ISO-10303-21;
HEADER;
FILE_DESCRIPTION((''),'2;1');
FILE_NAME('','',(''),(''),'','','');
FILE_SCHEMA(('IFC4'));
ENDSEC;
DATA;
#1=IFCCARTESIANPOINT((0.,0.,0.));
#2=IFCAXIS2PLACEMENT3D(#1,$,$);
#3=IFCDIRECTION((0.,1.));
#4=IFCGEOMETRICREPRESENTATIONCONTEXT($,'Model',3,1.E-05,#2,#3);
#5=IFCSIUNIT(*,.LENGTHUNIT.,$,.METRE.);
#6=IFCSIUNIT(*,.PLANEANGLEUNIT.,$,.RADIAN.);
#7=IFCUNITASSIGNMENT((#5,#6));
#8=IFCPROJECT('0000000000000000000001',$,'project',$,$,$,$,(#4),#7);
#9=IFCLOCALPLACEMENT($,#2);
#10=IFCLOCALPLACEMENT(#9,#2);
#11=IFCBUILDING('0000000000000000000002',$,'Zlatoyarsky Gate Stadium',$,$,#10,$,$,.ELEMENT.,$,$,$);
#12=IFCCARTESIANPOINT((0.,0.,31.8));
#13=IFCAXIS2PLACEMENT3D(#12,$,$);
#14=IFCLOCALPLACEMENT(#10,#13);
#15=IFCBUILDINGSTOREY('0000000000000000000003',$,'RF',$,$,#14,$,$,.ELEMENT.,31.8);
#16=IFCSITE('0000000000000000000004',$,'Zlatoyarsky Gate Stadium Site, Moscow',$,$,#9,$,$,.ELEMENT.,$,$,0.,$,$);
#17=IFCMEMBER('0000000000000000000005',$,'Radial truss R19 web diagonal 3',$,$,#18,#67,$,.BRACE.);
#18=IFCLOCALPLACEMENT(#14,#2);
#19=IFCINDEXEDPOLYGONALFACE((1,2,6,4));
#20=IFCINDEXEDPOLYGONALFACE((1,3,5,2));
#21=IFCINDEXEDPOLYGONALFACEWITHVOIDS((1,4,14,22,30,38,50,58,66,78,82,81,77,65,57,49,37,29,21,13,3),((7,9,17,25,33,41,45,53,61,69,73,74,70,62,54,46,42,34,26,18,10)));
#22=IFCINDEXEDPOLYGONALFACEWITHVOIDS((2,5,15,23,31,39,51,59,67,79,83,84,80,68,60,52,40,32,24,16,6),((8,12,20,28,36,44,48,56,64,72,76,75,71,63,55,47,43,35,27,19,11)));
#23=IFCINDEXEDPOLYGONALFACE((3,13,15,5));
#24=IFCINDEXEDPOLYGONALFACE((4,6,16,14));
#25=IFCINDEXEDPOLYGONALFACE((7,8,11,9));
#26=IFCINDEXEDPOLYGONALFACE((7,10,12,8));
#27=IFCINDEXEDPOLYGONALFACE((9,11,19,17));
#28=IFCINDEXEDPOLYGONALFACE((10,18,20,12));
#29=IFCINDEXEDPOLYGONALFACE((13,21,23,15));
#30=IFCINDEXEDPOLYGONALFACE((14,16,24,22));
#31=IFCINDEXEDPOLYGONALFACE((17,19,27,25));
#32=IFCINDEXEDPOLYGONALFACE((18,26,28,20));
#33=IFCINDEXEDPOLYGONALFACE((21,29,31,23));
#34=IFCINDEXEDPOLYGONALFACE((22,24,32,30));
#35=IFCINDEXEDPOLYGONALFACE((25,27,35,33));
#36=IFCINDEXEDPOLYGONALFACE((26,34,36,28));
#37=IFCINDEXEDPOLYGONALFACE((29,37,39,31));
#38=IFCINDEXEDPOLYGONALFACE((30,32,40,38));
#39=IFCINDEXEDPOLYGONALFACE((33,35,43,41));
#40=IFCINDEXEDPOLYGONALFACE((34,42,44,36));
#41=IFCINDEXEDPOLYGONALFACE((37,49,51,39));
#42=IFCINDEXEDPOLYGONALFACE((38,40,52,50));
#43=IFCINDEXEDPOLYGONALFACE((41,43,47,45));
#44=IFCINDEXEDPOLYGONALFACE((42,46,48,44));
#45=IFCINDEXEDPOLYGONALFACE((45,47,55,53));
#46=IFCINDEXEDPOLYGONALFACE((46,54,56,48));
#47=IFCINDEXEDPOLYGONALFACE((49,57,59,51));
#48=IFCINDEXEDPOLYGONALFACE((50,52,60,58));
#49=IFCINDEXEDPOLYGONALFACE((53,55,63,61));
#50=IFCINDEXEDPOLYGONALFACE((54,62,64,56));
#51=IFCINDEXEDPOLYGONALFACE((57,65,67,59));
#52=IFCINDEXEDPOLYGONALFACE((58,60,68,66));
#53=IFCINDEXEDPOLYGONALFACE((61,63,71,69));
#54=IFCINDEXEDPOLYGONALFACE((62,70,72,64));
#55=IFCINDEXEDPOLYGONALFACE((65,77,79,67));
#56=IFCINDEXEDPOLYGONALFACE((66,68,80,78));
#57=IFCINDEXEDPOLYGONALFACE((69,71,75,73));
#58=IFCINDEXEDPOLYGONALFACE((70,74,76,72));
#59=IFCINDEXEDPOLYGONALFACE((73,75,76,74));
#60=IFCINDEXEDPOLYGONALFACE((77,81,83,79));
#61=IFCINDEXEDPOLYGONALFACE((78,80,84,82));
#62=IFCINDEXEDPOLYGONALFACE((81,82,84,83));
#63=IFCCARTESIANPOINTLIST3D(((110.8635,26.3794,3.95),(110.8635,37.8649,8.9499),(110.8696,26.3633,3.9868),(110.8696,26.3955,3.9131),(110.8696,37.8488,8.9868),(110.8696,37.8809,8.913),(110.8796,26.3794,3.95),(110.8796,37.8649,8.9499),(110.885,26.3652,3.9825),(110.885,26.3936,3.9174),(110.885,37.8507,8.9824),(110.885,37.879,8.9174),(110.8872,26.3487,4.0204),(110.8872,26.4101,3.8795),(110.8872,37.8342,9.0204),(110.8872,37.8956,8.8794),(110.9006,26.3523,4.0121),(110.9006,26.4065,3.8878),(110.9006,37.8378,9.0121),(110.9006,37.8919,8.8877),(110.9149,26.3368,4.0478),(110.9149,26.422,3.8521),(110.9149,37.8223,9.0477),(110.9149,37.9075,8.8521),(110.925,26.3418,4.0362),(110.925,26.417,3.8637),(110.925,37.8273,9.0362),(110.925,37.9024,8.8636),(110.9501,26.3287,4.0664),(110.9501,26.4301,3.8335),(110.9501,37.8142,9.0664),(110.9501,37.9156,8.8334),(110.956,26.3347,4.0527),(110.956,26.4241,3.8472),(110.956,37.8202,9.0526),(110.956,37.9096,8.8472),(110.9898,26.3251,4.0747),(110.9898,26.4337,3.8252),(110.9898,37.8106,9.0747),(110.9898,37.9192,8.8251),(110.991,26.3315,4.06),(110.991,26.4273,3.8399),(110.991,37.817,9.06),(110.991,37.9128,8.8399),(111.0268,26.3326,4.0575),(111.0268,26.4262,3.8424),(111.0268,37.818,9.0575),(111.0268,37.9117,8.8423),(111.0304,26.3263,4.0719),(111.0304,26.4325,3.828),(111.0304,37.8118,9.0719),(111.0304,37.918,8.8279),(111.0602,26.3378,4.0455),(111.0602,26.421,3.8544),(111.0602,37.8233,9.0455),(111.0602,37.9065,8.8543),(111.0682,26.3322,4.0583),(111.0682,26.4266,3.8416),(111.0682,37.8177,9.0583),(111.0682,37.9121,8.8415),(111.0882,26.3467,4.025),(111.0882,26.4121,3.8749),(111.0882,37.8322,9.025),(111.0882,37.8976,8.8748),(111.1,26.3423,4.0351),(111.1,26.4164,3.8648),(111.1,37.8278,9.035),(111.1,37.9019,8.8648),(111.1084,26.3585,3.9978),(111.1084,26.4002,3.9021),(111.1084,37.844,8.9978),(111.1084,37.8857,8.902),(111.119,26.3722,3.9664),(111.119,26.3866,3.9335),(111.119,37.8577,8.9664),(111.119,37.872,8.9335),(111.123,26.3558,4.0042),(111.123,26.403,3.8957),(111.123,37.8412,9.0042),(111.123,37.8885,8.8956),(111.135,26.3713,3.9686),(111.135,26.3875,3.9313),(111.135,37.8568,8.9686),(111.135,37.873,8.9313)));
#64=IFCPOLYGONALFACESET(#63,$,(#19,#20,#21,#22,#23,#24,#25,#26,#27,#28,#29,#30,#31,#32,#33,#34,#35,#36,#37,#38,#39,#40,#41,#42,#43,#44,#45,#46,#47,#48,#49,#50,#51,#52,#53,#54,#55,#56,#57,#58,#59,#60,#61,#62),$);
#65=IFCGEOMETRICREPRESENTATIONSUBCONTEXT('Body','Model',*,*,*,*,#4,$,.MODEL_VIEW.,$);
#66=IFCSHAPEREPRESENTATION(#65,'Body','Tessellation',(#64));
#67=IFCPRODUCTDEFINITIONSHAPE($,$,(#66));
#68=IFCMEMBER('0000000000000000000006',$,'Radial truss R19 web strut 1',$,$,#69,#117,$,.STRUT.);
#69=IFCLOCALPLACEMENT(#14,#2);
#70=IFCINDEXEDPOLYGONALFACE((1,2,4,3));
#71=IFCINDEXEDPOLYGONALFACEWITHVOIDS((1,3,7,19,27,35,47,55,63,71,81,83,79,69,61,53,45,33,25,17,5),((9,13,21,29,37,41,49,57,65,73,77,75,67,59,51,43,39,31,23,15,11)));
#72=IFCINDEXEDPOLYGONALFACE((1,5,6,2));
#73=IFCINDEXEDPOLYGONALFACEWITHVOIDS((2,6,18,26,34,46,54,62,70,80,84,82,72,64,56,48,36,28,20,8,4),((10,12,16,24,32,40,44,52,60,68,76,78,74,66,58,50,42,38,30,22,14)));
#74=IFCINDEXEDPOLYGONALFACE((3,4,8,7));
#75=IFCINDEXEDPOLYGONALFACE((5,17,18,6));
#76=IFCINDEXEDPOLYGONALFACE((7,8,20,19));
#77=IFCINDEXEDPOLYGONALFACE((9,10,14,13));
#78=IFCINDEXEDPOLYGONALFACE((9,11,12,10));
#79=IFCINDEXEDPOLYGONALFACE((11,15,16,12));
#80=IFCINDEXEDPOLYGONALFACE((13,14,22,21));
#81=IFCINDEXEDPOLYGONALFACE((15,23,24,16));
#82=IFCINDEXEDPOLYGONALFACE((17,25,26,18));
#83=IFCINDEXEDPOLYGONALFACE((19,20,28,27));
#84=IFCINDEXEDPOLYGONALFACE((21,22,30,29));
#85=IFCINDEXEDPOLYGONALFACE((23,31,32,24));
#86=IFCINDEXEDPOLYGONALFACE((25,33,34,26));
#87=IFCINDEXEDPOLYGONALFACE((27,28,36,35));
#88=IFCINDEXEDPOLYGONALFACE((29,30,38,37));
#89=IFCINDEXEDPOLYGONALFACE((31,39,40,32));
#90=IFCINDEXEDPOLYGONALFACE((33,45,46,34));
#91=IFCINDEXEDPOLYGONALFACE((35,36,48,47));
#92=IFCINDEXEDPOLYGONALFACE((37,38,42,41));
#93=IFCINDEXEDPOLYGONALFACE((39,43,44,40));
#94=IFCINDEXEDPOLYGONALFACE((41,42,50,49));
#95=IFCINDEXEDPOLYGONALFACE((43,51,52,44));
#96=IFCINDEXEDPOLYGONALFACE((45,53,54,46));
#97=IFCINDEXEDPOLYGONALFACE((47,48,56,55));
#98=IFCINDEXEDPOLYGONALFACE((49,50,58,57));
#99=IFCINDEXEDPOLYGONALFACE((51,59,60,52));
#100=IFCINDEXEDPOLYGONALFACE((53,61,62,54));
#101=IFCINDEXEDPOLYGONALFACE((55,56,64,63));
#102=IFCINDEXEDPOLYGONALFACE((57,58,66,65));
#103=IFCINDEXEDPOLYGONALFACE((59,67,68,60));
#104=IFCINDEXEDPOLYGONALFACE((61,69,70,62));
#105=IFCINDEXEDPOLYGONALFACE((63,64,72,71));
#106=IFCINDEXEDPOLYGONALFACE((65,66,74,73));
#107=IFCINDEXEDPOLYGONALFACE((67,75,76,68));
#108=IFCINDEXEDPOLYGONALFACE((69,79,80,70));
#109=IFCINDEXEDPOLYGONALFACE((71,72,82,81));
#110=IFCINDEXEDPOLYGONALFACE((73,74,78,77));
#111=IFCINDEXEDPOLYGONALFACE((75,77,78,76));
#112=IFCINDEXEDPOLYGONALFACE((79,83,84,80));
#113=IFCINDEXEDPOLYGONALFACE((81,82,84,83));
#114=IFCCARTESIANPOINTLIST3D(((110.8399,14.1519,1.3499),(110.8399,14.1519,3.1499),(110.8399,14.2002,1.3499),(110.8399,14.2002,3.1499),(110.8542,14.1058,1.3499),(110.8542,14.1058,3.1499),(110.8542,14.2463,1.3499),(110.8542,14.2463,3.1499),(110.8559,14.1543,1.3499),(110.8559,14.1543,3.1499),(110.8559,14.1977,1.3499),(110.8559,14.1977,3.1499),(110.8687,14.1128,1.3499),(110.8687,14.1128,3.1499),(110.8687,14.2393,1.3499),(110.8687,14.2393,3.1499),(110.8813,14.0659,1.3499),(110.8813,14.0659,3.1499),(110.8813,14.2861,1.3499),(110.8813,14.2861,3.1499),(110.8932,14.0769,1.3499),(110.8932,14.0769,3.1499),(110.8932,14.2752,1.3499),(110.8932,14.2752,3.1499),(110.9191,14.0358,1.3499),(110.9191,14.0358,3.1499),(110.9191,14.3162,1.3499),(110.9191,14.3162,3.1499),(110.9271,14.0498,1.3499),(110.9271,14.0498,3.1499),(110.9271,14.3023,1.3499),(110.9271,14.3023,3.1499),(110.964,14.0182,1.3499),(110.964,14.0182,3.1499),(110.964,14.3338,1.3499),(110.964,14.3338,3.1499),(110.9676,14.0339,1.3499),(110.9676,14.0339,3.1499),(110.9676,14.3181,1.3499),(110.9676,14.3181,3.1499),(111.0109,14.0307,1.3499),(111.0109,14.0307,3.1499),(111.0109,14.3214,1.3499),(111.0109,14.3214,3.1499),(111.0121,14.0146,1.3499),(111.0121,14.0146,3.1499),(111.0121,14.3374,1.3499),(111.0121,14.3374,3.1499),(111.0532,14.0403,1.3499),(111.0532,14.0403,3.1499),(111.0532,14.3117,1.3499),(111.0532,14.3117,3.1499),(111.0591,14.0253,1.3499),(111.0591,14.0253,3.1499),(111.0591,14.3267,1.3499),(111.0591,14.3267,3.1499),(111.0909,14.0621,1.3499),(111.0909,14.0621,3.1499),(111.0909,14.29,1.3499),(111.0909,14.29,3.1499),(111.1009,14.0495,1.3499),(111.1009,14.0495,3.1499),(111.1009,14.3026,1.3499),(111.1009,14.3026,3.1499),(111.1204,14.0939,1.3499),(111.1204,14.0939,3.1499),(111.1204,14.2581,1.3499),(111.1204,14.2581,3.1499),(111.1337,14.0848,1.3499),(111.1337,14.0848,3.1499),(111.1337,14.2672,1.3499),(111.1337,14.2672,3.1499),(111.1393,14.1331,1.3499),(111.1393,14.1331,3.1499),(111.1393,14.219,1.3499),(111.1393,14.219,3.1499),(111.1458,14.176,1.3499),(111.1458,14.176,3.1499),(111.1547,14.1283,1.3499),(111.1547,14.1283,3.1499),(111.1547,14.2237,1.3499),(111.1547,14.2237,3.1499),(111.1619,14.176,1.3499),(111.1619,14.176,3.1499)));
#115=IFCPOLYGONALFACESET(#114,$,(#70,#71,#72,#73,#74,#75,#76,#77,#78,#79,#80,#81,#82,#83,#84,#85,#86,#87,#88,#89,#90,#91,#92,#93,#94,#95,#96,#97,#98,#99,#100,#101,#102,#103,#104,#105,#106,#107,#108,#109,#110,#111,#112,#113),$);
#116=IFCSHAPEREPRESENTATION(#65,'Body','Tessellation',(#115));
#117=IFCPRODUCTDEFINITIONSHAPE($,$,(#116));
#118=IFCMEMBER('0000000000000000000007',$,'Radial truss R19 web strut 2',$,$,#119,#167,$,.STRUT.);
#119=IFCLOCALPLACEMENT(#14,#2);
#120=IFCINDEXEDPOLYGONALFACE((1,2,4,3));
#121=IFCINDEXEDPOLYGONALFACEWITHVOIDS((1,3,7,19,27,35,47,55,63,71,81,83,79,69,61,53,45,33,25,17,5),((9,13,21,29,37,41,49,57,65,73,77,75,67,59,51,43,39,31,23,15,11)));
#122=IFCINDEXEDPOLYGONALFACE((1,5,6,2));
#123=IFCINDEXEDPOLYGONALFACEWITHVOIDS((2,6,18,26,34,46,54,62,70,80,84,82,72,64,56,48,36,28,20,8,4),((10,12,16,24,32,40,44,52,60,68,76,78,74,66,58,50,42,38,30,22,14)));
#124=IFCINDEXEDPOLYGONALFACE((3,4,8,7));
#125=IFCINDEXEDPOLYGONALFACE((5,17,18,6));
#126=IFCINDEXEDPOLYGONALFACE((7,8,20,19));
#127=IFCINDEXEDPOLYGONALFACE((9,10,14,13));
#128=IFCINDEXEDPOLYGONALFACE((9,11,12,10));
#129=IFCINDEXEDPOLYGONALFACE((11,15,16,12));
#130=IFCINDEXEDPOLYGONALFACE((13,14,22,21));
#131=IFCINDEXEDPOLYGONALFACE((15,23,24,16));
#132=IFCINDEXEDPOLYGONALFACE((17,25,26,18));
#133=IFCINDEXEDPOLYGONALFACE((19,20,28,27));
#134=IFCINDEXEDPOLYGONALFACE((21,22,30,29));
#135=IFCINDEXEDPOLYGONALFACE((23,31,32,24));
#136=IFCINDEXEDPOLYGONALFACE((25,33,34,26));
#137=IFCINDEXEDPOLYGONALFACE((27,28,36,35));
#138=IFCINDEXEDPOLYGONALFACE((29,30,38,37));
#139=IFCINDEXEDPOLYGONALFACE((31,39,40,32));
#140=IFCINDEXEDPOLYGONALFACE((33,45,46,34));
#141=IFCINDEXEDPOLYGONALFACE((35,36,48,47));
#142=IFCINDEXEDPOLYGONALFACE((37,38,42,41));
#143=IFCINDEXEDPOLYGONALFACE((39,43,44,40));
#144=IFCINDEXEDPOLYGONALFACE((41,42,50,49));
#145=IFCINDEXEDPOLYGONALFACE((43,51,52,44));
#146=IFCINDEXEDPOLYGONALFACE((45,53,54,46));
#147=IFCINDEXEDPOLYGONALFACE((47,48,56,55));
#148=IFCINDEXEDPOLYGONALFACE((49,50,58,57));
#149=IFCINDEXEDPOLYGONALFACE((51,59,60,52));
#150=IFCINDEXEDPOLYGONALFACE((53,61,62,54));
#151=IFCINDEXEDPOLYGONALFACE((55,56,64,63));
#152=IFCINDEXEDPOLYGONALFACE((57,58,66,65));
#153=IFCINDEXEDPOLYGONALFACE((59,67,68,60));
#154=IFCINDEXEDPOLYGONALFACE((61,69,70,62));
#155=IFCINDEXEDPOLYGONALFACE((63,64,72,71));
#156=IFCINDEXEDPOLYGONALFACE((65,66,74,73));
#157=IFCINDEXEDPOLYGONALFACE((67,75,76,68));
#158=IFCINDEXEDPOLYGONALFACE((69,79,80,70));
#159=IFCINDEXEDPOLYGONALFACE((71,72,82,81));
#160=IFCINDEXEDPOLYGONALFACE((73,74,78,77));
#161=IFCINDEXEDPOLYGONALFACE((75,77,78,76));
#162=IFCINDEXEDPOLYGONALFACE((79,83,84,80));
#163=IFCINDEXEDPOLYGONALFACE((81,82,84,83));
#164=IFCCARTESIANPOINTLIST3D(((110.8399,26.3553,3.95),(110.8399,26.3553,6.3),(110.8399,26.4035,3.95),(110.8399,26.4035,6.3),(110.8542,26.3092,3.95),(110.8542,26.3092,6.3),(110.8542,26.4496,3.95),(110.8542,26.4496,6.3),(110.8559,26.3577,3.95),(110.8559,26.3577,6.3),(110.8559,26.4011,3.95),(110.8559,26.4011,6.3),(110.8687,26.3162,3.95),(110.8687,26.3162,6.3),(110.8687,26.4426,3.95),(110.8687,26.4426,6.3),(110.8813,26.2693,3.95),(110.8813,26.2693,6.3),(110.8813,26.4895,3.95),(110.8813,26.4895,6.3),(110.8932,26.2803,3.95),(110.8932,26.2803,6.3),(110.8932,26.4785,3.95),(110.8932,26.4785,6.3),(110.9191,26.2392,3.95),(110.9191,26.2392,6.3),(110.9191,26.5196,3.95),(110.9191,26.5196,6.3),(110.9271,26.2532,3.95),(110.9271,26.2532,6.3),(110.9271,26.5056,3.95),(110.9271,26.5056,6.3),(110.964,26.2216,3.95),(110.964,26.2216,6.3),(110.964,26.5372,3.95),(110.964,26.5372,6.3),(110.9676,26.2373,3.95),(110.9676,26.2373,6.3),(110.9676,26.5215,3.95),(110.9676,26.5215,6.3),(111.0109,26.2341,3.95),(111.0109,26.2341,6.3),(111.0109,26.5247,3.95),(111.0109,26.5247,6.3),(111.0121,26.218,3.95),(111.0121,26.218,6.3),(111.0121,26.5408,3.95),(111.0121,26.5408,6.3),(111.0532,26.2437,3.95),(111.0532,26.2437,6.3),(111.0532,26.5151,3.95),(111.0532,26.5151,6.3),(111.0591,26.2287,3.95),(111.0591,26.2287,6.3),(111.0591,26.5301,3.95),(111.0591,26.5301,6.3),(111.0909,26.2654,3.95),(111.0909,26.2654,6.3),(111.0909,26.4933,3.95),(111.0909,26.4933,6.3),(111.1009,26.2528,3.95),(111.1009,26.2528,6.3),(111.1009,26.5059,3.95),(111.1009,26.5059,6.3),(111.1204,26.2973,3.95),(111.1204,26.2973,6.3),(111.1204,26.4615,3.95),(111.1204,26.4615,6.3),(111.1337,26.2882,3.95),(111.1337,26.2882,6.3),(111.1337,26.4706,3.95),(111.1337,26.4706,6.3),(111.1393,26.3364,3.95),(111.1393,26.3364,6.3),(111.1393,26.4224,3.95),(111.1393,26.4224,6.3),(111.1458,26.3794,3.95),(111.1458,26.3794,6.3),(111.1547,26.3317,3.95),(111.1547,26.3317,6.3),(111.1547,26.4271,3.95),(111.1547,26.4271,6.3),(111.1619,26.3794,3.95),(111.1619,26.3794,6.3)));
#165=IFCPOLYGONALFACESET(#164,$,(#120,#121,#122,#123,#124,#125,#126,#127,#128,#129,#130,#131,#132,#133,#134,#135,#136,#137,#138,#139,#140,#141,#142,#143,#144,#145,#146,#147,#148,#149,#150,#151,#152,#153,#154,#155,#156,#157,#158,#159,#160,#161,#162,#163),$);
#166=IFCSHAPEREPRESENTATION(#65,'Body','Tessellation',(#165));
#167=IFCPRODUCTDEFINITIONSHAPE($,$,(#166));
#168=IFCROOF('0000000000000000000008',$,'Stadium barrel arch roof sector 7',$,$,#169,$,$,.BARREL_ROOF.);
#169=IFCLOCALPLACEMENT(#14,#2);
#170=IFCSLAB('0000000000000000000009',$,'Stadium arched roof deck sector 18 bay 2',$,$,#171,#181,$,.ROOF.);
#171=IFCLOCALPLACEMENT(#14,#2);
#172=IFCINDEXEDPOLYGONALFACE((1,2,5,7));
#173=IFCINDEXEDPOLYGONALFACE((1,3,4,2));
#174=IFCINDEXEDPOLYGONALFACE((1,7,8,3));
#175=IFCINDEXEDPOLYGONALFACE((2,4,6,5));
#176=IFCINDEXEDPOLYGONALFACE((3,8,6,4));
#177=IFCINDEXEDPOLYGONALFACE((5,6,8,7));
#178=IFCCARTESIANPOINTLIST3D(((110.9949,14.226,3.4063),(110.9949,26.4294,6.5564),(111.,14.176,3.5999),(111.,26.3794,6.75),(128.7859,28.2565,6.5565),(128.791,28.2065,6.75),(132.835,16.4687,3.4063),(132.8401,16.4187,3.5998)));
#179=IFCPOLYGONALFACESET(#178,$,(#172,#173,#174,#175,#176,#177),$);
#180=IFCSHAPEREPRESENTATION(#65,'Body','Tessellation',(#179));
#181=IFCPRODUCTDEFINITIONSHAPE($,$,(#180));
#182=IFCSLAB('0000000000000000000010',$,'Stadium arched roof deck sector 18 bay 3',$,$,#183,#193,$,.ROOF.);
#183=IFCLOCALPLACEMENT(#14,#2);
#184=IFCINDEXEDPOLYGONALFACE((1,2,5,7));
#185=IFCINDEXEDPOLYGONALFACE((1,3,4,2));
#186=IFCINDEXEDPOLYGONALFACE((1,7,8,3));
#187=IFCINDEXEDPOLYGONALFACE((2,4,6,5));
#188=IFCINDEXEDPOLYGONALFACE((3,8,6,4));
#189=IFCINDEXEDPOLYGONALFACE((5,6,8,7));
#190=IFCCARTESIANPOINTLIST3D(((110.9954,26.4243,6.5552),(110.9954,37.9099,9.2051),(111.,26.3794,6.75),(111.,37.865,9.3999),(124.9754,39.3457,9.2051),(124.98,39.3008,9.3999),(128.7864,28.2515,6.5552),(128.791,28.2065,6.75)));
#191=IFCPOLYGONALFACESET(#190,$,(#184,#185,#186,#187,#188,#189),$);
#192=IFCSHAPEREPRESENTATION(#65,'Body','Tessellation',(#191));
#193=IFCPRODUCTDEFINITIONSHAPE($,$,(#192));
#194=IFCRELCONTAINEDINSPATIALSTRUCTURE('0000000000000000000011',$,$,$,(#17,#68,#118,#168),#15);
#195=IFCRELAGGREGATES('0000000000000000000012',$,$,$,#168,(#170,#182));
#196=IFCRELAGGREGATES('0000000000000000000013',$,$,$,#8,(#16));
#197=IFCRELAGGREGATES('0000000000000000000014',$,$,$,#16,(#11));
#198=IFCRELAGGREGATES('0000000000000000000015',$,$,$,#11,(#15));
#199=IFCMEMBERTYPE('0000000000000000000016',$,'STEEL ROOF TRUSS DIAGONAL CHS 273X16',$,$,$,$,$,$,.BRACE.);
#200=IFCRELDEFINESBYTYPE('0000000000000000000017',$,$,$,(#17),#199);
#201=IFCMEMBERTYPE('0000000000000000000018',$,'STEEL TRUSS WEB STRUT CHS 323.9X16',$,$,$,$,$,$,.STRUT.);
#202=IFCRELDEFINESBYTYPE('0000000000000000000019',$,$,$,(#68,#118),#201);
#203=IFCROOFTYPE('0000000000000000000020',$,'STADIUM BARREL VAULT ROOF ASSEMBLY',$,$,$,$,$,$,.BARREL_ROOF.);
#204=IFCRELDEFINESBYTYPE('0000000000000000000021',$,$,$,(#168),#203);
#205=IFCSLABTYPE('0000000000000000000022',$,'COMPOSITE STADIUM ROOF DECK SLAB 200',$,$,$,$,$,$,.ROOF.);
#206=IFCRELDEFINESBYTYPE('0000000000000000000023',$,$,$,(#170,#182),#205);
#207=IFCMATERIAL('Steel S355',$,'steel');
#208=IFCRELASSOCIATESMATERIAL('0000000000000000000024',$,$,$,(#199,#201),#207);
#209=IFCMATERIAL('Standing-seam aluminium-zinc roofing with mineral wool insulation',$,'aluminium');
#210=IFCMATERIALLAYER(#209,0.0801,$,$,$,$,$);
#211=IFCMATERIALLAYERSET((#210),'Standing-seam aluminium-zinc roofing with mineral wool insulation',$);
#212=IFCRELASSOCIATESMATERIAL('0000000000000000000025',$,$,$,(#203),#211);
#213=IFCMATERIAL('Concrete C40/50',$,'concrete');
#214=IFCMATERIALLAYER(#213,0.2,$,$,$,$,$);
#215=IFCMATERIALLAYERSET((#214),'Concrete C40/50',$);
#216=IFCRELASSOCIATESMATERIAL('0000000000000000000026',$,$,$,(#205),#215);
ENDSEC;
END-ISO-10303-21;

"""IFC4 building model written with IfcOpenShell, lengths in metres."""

from ifc_helpers import new_model, si_unit, direction, frame, origin, origin_2d, place, context, subcontext, project, spatial, polyline, hollow_circle, outline, extrude, material, layer, layer_set, material_profile, profile_set, type_object, element, aggregate, save


model = new_model("IFC4")

# Units and contexts
model_context = context("Model", 3, precision=1e-05, world=origin(), true_north=direction((0.0, 1.0)))
body_context = subcontext(model_context, "Body", "Model", "MODEL_VIEW")
ifc_project = project(units=[si_unit("LENGTHUNIT", "METRE"), si_unit("PLANEANGLEUNIT", "RADIAN")], contexts=[model_context])

# Site, building, storey
site_placement = place(None, origin())
site = spatial("IfcSite", under=ifc_project, at=site_placement, Name="Zlatoyarsky Gate Stadium Site, Moscow", CompositionType="ELEMENT", RefElevation=0.0)
building_placement = place(site_placement, origin())
building = spatial("IfcBuilding", under=site, at=building_placement, Name="Zlatoyarsky Gate Stadium", CompositionType="ELEMENT")
storey_placement = place(building_placement, frame((0.0, 0.0, 31.8)))
storey = spatial("IfcBuildingStorey", under=building, at=storey_placement, Name="RF", CompositionType="ELEMENT", Elevation=31.8)

# Shared definitions
ifc_material_1 = material(Name="Steel S355", Category="steel")

# Members
ifc_material_profile_1 = material_profile(ifc_material_1, hollow_circle(Radius=0.1365, WallThickness=0.0161, at=origin_2d()), Name="CHS 273X16")
ifc_profile_set_1 = profile_set([ifc_material_profile_1], Name="Steel S355")
member_type_1 = type_object("IfcMemberType", Name="STEEL ROOF TRUSS DIAGONAL CHS 273X16", PredefinedType="BRACE", material=ifc_profile_set_1)
member_1_placement = place(storey_placement, frame((111.0, 26.3794, 3.95), z_axis=(0.0, 0.916887, 0.399147), x_axis=(-1.0, 0.0, 0.0)))
element("IfcMember", 1, at=member_1_placement, inside=storey, type_object=member_type_1, Name="Radial truss R19 web diagonal 3", PredefinedType="BRACE", context=body_context, shape_type="SweptSolid", body=[
    extrude(hollow_circle(Radius=0.1365, WallThickness=0.0161, at=origin_2d()), origin(), (0.0, 0.0, 1.0), 12.5266),
])
ifc_material_profile_2 = material_profile(ifc_material_1, hollow_circle(Radius=0.1619, WallThickness=0.0161, at=origin_2d()), Name="CHS 323.9X16")
ifc_profile_set_2 = profile_set([ifc_material_profile_2], Name="Steel S355")
member_type_2 = type_object("IfcMemberType", Name="STEEL TRUSS WEB STRUT CHS 323.9X16", PredefinedType="STRUT", material=ifc_profile_set_2)
member_2_placement = place(storey_placement, frame((111.0, 14.176, 1.3499), z_axis=(0.0, 0.0, 1.0), x_axis=(1.0, 0.0, 0.0)))
element("IfcMember", 2, at=member_2_placement, inside=storey, type_object=member_type_2, Name="Radial truss R19 web strut 1", PredefinedType="STRUT", context=body_context, shape_type="SweptSolid", body=[
    extrude(hollow_circle(Radius=0.1619, WallThickness=0.0161, at=origin_2d()), origin(), (0.0, 0.0, 1.0), 1.8),
])
member_3_placement = place(storey_placement, frame((111.0, 26.3794, 3.95), z_axis=(0.0, 0.0, 1.0), x_axis=(1.0, 0.0, 0.0)))
element("IfcMember", 3, at=member_3_placement, inside=storey, type_object=member_type_2, Name="Radial truss R19 web strut 2", PredefinedType="STRUT", context=body_context, shape_type="SweptSolid", body=[
    extrude(hollow_circle(Radius=0.1619, WallThickness=0.0161, at=origin_2d()), origin(), (0.0, 0.0, 1.0), 2.3501),
])

# Roof, slabs
ifc_material_2 = material(Name="Standing-seam aluminium-zinc roofing with mineral wool insulation", Category="aluminium")
ifc_layer_1 = layer(ifc_material_2, 0.0801)
ifc_layer_set_1 = layer_set([ifc_layer_1], Name="Standing-seam aluminium-zinc roofing with mineral wool insulation")
roof_type = type_object("IfcRoofType", Name="STADIUM BARREL VAULT ROOF ASSEMBLY", PredefinedType="BARREL_ROOF", material=ifc_layer_set_1)
roof_placement = place(storey_placement, origin())
roof = element("IfcRoof", 4, at=roof_placement, inside=storey, type_object=roof_type, Name="Stadium barrel arch roof sector 7", PredefinedType="BARREL_ROOF")
ifc_material_3 = material(Name="Concrete C40/50", Category="concrete")
ifc_layer_2 = layer(ifc_material_3, 0.2)
ifc_layer_set_2 = layer_set([ifc_layer_2], Name="Concrete C40/50")
slab_type = type_object("IfcSlabType", Name="COMPOSITE STADIUM ROOF DECK SLAB 200", PredefinedType="ROOF", material=ifc_layer_set_2)
slab_1_placement = place(storey_placement, frame((111.0, 14.176, 3.5999), z_axis=(0.025659, -0.249859, 0.967942), x_axis=(0.994769, 0.102149, -0.000002)))
slab_1 = element("IfcSlab", 5, at=slab_1_placement, type_object=slab_type, Name="Stadium arched roof deck sector 18 bay 2", PredefinedType="ROOF", context=body_context, shape_type="SweptSolid", body=[
    extrude(outline(polyline([(0.0, 0.0), (21.9549, 0.0), (19.1312, 12.5418), (1.2466, 12.5416), (0.0, 0.0)])), origin(), (0.0, 0.0, -1.0), 0.2),
])
slab_2_placement = place(storey_placement, frame((111.0, 26.3794, 6.75), z_axis=(0.023082, -0.224749, 0.974143), x_axis=(0.994768, 0.102163, 0.0)))
slab_2 = element("IfcSlab", 6, at=slab_2_placement, type_object=slab_type, Name="Stadium arched roof deck sector 18 bay 3", PredefinedType="ROOF", context=body_context, shape_type="SweptSolid", body=[
    extrude(outline(polyline([(0.0, 0.0), (17.8846, 0.0), (15.2269, 11.7288), (1.1734, 11.7288), (0.0, 0.0)])), origin(), (0.0, 0.0, -1.0), 0.2),
])

aggregate(roof, [slab_1, slab_2])

save(model, "model.ifc")
